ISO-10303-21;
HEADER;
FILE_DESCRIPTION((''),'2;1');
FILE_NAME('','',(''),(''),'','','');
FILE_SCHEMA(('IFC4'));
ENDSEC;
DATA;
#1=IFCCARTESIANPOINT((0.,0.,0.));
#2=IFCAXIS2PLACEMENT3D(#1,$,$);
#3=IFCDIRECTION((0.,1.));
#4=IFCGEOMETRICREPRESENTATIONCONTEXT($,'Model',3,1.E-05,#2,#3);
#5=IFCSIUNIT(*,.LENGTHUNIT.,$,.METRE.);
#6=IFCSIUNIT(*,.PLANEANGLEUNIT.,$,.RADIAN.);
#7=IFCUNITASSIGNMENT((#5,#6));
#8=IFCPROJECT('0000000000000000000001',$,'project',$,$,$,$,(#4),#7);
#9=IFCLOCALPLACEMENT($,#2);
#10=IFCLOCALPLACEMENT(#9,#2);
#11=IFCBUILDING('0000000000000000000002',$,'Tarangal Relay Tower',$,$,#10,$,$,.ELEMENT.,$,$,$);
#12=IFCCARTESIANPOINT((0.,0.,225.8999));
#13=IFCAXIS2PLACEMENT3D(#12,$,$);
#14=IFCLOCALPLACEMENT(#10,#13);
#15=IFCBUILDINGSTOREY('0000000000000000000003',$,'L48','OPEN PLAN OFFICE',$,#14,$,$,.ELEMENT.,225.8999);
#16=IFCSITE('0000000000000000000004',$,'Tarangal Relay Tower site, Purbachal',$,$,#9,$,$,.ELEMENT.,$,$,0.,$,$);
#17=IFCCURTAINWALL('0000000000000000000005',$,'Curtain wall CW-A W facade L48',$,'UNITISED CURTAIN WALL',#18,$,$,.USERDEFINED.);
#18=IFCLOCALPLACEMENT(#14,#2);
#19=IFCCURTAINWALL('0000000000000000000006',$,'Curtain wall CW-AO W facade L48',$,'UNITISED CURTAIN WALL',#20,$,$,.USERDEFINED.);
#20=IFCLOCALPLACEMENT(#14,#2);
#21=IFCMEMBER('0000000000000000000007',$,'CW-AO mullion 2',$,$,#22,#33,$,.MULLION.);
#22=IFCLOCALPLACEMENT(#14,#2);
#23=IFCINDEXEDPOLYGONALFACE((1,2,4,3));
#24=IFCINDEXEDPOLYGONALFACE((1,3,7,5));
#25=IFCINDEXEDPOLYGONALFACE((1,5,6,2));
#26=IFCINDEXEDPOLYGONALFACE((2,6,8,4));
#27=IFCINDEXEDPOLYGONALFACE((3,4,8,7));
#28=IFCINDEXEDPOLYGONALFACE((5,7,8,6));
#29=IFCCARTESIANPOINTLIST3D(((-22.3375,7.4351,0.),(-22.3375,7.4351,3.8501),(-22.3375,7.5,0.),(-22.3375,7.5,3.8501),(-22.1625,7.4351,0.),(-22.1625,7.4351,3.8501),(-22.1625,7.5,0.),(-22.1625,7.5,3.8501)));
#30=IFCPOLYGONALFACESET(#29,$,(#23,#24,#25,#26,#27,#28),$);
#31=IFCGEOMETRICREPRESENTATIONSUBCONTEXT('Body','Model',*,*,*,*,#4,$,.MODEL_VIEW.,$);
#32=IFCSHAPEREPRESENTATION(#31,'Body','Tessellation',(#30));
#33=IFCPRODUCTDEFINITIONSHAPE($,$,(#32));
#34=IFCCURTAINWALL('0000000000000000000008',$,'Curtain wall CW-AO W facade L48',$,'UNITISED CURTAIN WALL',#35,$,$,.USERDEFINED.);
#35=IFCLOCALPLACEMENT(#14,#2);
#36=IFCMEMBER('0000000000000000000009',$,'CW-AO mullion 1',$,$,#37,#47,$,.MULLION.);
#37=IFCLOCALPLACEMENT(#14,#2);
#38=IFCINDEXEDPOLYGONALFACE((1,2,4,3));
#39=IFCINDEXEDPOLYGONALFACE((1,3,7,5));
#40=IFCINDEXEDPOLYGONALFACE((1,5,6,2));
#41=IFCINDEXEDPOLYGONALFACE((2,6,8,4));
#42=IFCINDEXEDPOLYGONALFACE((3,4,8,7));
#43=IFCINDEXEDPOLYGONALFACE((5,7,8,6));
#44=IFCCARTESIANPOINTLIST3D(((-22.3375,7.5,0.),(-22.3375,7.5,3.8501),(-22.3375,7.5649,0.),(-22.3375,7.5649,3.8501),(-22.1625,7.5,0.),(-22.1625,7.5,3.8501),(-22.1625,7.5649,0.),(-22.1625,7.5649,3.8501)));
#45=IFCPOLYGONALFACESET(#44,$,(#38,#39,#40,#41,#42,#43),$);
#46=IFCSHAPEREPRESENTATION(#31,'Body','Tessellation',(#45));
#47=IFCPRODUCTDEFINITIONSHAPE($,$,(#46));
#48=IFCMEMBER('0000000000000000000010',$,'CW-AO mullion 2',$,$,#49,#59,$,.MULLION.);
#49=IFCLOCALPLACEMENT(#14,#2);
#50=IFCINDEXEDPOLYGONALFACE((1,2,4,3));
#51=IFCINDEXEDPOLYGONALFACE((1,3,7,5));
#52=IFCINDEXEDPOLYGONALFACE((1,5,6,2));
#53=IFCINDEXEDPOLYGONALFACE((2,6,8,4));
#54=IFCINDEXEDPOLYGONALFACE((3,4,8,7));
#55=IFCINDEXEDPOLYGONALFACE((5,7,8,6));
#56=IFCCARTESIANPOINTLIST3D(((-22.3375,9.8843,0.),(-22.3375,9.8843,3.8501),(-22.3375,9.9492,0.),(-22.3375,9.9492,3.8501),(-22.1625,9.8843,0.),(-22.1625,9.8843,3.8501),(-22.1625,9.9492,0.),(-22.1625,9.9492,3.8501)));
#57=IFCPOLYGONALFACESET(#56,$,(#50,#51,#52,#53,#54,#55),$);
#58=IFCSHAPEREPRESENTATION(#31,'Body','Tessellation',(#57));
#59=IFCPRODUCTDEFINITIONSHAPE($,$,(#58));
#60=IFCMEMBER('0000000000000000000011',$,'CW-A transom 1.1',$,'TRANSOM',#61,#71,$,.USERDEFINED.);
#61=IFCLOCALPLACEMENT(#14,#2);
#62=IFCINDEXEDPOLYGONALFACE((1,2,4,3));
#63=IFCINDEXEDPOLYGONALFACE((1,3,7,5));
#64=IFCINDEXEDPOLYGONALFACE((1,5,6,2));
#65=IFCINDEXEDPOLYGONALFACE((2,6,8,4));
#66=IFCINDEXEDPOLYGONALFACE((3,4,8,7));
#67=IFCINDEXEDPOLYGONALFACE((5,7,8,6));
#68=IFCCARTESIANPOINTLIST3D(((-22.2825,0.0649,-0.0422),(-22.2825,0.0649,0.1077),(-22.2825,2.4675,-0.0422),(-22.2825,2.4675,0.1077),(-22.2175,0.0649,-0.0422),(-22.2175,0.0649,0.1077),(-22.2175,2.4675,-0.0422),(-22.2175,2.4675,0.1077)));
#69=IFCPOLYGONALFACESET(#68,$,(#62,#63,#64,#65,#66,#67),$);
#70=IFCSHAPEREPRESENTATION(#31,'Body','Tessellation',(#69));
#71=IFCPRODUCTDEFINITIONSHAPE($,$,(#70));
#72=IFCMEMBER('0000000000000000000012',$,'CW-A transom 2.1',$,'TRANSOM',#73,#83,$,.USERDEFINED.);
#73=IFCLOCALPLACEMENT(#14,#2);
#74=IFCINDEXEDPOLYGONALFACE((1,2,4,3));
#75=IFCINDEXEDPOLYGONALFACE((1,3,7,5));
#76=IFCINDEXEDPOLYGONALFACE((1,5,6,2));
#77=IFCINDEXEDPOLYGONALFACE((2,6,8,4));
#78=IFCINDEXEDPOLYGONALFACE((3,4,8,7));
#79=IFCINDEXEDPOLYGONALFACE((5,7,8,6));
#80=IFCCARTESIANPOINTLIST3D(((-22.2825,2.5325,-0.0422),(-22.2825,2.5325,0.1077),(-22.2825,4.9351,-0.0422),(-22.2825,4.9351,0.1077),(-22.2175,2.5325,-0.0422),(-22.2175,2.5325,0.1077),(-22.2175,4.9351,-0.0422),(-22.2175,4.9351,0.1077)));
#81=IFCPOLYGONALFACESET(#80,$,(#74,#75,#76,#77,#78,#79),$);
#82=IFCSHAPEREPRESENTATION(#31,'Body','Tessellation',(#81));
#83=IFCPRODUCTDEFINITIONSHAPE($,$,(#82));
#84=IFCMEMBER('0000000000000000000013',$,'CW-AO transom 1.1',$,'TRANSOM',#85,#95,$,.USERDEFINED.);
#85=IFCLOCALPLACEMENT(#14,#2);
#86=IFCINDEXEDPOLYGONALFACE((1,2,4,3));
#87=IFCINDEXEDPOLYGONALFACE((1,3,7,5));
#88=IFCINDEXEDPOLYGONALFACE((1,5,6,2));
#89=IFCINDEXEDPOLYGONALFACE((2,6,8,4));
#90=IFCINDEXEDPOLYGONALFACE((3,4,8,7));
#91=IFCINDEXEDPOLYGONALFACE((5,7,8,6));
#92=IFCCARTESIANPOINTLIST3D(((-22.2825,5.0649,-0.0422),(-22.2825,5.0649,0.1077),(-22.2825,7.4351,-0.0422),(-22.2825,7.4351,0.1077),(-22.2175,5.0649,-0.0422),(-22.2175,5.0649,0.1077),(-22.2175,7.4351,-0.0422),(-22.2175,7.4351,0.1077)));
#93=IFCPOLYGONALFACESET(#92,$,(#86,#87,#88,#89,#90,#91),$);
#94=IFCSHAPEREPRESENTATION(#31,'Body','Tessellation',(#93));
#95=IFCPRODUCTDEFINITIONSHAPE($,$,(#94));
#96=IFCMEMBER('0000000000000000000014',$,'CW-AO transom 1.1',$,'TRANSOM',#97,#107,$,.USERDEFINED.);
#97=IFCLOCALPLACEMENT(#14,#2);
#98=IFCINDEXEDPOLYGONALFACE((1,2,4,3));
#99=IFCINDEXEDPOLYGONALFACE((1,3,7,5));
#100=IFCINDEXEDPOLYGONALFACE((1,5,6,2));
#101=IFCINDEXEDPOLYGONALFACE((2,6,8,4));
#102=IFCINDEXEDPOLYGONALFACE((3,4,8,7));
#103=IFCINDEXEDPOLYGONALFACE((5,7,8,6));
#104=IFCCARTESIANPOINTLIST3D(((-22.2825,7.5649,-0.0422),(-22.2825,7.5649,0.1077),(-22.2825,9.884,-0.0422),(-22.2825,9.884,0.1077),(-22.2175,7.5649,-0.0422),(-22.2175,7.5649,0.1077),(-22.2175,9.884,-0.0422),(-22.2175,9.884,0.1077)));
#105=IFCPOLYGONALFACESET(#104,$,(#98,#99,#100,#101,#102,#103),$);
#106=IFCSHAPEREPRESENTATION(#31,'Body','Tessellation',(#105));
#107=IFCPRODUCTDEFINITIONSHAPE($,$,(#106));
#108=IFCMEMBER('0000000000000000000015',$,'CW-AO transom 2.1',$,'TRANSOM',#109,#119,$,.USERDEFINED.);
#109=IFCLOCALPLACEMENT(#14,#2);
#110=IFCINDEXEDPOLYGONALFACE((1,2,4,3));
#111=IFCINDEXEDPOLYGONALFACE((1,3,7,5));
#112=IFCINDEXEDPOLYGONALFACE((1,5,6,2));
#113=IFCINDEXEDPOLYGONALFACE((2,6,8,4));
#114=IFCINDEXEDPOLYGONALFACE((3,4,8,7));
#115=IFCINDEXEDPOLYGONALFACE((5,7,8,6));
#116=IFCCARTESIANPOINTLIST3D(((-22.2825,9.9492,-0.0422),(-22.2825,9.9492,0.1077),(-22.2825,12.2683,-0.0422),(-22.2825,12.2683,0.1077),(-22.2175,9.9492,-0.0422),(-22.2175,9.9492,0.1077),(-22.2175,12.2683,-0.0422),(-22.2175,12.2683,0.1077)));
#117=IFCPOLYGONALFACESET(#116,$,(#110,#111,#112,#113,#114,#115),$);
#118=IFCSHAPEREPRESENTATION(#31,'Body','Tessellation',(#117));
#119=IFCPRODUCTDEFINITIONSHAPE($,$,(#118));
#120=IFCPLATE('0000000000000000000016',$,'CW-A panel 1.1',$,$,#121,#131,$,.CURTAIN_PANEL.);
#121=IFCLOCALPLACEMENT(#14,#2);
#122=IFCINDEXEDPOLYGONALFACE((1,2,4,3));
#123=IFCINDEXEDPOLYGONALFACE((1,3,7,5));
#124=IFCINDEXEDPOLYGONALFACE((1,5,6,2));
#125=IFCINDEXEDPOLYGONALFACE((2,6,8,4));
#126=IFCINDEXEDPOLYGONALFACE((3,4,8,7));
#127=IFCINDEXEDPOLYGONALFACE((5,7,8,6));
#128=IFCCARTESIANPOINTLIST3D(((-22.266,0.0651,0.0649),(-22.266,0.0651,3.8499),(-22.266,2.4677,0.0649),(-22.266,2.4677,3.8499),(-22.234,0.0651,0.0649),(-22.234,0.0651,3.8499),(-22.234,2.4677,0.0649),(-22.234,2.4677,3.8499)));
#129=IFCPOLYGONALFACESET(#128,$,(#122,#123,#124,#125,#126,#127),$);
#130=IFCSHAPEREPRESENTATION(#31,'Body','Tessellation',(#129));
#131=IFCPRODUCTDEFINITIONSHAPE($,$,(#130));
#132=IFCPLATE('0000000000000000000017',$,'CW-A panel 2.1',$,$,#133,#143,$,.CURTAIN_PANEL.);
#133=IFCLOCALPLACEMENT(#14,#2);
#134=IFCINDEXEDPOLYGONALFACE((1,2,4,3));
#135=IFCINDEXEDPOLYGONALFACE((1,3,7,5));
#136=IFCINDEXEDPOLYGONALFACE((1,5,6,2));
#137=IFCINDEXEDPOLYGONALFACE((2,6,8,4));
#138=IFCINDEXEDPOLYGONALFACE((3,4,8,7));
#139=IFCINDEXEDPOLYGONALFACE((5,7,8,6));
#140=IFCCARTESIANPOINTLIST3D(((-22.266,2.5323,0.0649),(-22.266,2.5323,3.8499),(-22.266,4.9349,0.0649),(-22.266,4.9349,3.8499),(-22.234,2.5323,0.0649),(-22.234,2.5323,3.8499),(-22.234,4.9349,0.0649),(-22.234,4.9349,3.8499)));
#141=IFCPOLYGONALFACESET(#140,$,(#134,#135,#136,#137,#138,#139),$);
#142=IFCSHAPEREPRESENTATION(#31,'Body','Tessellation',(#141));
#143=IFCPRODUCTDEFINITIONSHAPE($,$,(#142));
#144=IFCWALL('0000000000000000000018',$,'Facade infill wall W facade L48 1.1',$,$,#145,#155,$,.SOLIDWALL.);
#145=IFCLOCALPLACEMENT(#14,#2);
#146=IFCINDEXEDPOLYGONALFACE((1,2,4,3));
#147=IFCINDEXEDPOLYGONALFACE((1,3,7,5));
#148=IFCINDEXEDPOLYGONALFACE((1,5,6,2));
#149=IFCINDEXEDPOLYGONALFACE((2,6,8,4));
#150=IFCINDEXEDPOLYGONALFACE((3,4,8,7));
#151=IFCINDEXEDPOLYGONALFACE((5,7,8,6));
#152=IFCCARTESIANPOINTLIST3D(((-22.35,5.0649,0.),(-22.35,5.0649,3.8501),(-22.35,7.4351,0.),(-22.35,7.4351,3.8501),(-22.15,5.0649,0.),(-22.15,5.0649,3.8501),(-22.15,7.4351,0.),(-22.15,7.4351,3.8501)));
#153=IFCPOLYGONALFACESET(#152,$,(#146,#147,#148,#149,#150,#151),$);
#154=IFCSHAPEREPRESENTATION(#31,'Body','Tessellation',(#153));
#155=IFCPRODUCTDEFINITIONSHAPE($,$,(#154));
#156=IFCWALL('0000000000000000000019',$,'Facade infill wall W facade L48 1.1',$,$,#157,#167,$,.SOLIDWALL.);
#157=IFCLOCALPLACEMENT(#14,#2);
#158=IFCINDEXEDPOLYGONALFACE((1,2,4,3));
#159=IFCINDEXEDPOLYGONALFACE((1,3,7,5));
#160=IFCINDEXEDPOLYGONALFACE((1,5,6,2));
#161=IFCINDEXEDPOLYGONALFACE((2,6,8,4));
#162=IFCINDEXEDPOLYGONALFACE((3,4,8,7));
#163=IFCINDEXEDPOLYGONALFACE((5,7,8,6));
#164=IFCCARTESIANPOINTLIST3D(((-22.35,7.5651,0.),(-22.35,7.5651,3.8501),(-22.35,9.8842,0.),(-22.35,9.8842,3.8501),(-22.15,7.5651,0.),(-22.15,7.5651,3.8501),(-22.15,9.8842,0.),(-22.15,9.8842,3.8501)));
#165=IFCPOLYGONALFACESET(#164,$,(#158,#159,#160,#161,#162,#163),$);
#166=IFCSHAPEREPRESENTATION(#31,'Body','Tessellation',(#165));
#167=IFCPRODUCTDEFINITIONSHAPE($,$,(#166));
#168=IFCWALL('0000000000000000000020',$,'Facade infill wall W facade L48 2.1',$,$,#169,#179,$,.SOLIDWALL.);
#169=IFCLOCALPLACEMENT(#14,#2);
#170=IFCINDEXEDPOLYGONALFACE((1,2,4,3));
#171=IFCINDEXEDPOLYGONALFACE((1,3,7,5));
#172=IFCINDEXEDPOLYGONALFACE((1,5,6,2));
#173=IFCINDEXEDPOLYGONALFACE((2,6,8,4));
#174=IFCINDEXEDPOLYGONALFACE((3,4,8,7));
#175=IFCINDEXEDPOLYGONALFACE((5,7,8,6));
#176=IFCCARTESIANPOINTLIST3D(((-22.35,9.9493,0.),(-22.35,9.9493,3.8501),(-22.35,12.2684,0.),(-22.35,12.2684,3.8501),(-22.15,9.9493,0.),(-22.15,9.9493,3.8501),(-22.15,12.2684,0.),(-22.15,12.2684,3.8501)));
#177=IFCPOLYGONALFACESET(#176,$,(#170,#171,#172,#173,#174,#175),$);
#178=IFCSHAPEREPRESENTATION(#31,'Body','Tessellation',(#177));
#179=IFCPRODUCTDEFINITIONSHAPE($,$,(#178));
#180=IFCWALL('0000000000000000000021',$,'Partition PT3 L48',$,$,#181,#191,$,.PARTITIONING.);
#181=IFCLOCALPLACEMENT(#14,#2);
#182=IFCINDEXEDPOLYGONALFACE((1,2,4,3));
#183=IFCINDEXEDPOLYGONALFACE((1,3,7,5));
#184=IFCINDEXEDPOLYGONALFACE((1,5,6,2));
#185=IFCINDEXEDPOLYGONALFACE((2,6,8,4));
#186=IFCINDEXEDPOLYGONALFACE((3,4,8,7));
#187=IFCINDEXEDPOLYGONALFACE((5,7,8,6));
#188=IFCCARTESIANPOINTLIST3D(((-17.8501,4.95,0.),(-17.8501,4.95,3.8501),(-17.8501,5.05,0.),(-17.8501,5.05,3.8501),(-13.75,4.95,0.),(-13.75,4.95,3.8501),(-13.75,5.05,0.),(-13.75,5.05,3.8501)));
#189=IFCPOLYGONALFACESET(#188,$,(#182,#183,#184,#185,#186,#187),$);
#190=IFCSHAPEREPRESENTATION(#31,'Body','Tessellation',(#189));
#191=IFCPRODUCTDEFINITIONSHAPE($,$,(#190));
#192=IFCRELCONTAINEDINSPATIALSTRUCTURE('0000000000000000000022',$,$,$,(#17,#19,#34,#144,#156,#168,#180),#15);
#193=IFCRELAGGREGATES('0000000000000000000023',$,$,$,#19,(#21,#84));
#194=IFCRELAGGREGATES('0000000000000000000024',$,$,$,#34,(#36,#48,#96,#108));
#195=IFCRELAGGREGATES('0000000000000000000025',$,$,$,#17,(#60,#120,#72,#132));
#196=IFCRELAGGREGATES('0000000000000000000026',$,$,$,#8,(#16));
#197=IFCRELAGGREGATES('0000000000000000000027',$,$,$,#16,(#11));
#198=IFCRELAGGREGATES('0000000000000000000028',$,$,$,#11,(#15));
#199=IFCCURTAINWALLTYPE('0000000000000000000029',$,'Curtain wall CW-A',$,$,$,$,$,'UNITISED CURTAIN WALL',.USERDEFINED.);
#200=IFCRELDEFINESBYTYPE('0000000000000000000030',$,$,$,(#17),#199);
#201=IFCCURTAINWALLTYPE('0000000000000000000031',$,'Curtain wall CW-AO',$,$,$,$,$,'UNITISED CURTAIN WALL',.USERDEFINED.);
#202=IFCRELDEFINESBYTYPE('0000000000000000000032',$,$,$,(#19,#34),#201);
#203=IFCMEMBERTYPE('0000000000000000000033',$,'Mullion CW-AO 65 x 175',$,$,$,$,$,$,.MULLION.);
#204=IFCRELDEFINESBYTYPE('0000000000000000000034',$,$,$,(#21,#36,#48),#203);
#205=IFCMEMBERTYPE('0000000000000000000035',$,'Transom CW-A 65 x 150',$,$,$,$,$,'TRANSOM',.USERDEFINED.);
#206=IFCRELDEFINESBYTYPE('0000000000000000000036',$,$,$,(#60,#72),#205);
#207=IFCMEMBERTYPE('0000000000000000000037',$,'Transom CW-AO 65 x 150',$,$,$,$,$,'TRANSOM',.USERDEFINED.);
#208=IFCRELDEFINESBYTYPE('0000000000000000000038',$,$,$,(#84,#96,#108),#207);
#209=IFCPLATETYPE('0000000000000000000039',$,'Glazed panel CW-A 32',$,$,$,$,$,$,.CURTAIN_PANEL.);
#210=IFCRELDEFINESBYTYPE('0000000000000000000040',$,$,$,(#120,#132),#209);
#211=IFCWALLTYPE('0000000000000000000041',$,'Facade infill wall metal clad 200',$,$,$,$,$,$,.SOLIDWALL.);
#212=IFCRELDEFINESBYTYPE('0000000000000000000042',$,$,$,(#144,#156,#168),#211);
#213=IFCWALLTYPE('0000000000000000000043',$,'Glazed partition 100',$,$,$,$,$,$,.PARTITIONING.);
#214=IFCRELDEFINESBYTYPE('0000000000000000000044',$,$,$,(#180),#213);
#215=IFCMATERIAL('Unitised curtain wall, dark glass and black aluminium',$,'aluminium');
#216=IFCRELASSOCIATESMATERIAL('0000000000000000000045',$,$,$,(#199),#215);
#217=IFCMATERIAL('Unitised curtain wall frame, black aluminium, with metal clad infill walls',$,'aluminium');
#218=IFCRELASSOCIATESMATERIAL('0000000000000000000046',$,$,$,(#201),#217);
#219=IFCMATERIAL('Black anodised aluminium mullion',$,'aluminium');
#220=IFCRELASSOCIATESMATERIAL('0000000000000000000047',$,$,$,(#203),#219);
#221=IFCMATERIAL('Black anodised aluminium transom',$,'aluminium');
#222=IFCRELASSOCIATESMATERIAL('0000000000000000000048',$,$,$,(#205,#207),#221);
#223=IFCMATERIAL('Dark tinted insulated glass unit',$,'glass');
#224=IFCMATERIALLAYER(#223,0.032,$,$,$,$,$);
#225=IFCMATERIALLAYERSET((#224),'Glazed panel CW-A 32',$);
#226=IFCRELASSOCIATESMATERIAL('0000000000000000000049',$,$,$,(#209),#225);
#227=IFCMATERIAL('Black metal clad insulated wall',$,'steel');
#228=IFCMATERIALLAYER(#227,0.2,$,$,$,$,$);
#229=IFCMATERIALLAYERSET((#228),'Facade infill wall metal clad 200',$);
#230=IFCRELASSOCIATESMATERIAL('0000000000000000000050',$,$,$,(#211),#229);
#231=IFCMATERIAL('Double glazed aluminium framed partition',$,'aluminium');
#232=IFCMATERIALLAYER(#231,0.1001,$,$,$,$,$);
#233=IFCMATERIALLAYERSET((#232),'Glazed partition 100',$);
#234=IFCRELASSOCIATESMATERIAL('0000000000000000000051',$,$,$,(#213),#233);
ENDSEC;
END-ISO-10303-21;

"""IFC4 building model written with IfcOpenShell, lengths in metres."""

from ifc_helpers import new_model, si_unit, direction, frame, frame_2d, origin, origin_2d, place, context, subcontext, project, spatial, rectangle, extrude, material, layer, layer_set, material_profile, profile_set, type_object, element, aggregate, save


model = new_model("IFC4")

# Units and contexts
model_context = context("Model", 3, precision=1e-05, world=origin(), true_north=direction((0.0, 1.0)))
body_context = subcontext(model_context, "Body", "Model", "MODEL_VIEW")
ifc_project = project(units=[si_unit("LENGTHUNIT", "METRE"), si_unit("PLANEANGLEUNIT", "RADIAN")], contexts=[model_context])

# Site, building, storey
site_placement = place(None, origin())
site = spatial("IfcSite", under=ifc_project, at=site_placement, Name="Tarangal Relay Tower site, Purbachal", CompositionType="ELEMENT", RefElevation=0.0)
building_placement = place(site_placement, origin())
building = spatial("IfcBuilding", under=site, at=building_placement, Name="Tarangal Relay Tower", CompositionType="ELEMENT")
storey_placement = place(building_placement, frame((0.0, 0.0, 225.8999)))
storey = spatial("IfcBuildingStorey", under=building, at=storey_placement, Name="L48", Description="OPEN PLAN OFFICE", CompositionType="ELEMENT", Elevation=225.8999)

# Curtain walls, members
ifc_material_1 = material(Name="Unitised curtain wall, dark glass and black aluminium", Category="aluminium")
curtain_wall_type_1 = type_object("IfcCurtainWallType", Name="Curtain wall CW-A", ElementType="UNITISED CURTAIN WALL", PredefinedType="USERDEFINED", material=ifc_material_1)
curtain_wall_1_placement = place(storey_placement, origin())
curtain_wall_1 = element("IfcCurtainWall", 1, at=curtain_wall_1_placement, inside=storey, type_object=curtain_wall_type_1, Name="Curtain wall CW-A W facade L48", ObjectType="UNITISED CURTAIN WALL", PredefinedType="USERDEFINED")
ifc_material_2 = material(Name="Black anodised aluminium mullion", Category="aluminium")
ifc_material_3 = material(Name="Unitised curtain wall frame, black aluminium, with metal clad infill walls", Category="aluminium")
curtain_wall_type_2 = type_object("IfcCurtainWallType", Name="Curtain wall CW-AO", ElementType="UNITISED CURTAIN WALL", PredefinedType="USERDEFINED", material=ifc_material_3)
curtain_wall_2_placement = place(storey_placement, origin())
curtain_wall_2 = element("IfcCurtainWall", 2, at=curtain_wall_2_placement, inside=storey, type_object=curtain_wall_type_2, Name="Curtain wall CW-AO W facade L48", ObjectType="UNITISED CURTAIN WALL", PredefinedType="USERDEFINED")
ifc_material_profile_1 = material_profile(ifc_material_2, rectangle(XDim=0.175, YDim=0.0649, at=origin_2d()), Name="CW-AOM 65X175")
ifc_profile_set_1 = profile_set([ifc_material_profile_1], Name="Black anodised aluminium mullion")
member_type_1 = type_object("IfcMemberType", Name="Mullion CW-AO 65 x 175", PredefinedType="MULLION", material=ifc_profile_set_1)
member_1_placement = place(storey_placement, frame((-22.25, 7.4675, 0.0), z_axis=(0.0, 0.0, 1.0), x_axis=(-1.0, 0.0, 0.0)))
member_1 = element("IfcMember", 3, at=member_1_placement, type_object=member_type_1, Name="CW-AO mullion 2", PredefinedType="MULLION", context=body_context, shape_type="SweptSolid", body=[
    extrude(rectangle(XDim=0.175, YDim=0.0649, at=origin_2d()), origin(), (0.0, 0.0, 1.0), 3.8501),
])
curtain_wall_3_placement = place(storey_placement, origin())
curtain_wall_3 = element("IfcCurtainWall", 4, at=curtain_wall_3_placement, inside=storey, type_object=curtain_wall_type_2, Name="Curtain wall CW-AO W facade L48", ObjectType="UNITISED CURTAIN WALL", PredefinedType="USERDEFINED")
member_2_placement = place(storey_placement, frame((-22.25, 7.5325, 0.0), z_axis=(0.0, 0.0, 1.0), x_axis=(-1.0, 0.0, 0.0)))
member_2 = element("IfcMember", 5, at=member_2_placement, type_object=member_type_1, Name="CW-AO mullion 1", PredefinedType="MULLION", context=body_context, shape_type="SweptSolid", body=[
    extrude(rectangle(XDim=0.175, YDim=0.0649, at=origin_2d()), origin(), (0.0, 0.0, 1.0), 3.8501),
])
member_3_placement = place(storey_placement, frame((-22.25, 9.9167, 0.0), z_axis=(0.0, 0.0, 1.0), x_axis=(-1.0, 0.0, 0.0)))
member_3 = element("IfcMember", 6, at=member_3_placement, type_object=member_type_1, Name="CW-AO mullion 2", PredefinedType="MULLION", context=body_context, shape_type="SweptSolid", body=[
    extrude(rectangle(XDim=0.175, YDim=0.0649, at=origin_2d()), origin(), (0.0, 0.0, 1.0), 3.8501),
])

# Members
ifc_material_4 = material(Name="Black anodised aluminium transom", Category="aluminium")
ifc_material_profile_2 = material_profile(ifc_material_4, rectangle(XDim=0.0649, YDim=0.1499, at=origin_2d()), Name="CW-AT 65X150")
ifc_profile_set_2 = profile_set([ifc_material_profile_2], Name="Black anodised aluminium transom")
member_type_2 = type_object("IfcMemberType", Name="Transom CW-A 65 x 150", ElementType="TRANSOM", PredefinedType="USERDEFINED", material=ifc_profile_set_2)
member_4_placement = place(storey_placement, frame((-22.25, 0.0649, 0.0327), z_axis=(0.0, 1.0, 0.0), x_axis=(-1.0, 0.0, 0.0)))
member_4 = element("IfcMember", 7, at=member_4_placement, type_object=member_type_2, Name="CW-A transom 1.1", ObjectType="TRANSOM", PredefinedType="USERDEFINED", context=body_context, shape_type="SweptSolid", body=[
    extrude(rectangle(XDim=0.0649, YDim=0.1499, at=origin_2d()), origin(), (0.0, 0.0, 1.0), 2.4026),
])
member_5_placement = place(storey_placement, frame((-22.25, 2.5325, 0.0327), z_axis=(0.0, 1.0, 0.0), x_axis=(-1.0, 0.0, 0.0)))
member_5 = element("IfcMember", 8, at=member_5_placement, type_object=member_type_2, Name="CW-A transom 2.1", ObjectType="TRANSOM", PredefinedType="USERDEFINED", context=body_context, shape_type="SweptSolid", body=[
    extrude(rectangle(XDim=0.0649, YDim=0.1499, at=origin_2d()), origin(), (0.0, 0.0, 1.0), 2.4026),
])
ifc_material_profile_3 = material_profile(ifc_material_4, rectangle(XDim=0.0649, YDim=0.1499, at=origin_2d()), Name="CW-AOT 65X150")
ifc_profile_set_3 = profile_set([ifc_material_profile_3], Name="Black anodised aluminium transom")
member_type_3 = type_object("IfcMemberType", Name="Transom CW-AO 65 x 150", ElementType="TRANSOM", PredefinedType="USERDEFINED", material=ifc_profile_set_3)
member_6_placement = place(storey_placement, frame((-22.25, 5.0649, 0.0327), z_axis=(0.0, 1.0, 0.0), x_axis=(-1.0, 0.0, 0.0)))
member_6 = element("IfcMember", 9, at=member_6_placement, type_object=member_type_3, Name="CW-AO transom 1.1", ObjectType="TRANSOM", PredefinedType="USERDEFINED", context=body_context, shape_type="SweptSolid", body=[
    extrude(rectangle(XDim=0.0649, YDim=0.1499, at=origin_2d()), origin(), (0.0, 0.0, 1.0), 2.3701),
])
aggregate(curtain_wall_2, [member_1, member_6])
member_7_placement = place(storey_placement, frame((-22.25, 7.5649, 0.0327), z_axis=(0.0, 1.0, 0.0), x_axis=(-1.0, 0.0, 0.0)))
member_7 = element("IfcMember", 10, at=member_7_placement, type_object=member_type_3, Name="CW-AO transom 1.1", ObjectType="TRANSOM", PredefinedType="USERDEFINED", context=body_context, shape_type="SweptSolid", body=[
    extrude(rectangle(XDim=0.0649, YDim=0.1499, at=origin_2d()), origin(), (0.0, 0.0, 1.0), 2.3191),
])
member_8_placement = place(storey_placement, frame((-22.25, 9.9492, 0.0327), z_axis=(0.0, 1.0, 0.0), x_axis=(-1.0, 0.0, 0.0)))
member_8 = element("IfcMember", 11, at=member_8_placement, type_object=member_type_3, Name="CW-AO transom 2.1", ObjectType="TRANSOM", PredefinedType="USERDEFINED", context=body_context, shape_type="SweptSolid", body=[
    extrude(rectangle(XDim=0.0649, YDim=0.1499, at=origin_2d()), origin(), (0.0, 0.0, 1.0), 2.3191),
])
aggregate(curtain_wall_3, [member_2, member_3, member_7, member_8])

# Plates
ifc_material_5 = material(Name="Dark tinted insulated glass unit", Category="glass")
ifc_layer_1 = layer(ifc_material_5, 0.032)
ifc_layer_set_1 = layer_set([ifc_layer_1], Name="Glazed panel CW-A 32")
plate_type = type_object("IfcPlateType", Name="Glazed panel CW-A 32", PredefinedType="CURTAIN_PANEL", material=ifc_layer_set_1)
plate_1_placement = place(storey_placement, frame((-22.25, 1.2664, 0.0649), z_axis=(0.0, 0.0, 1.0), x_axis=(0.0, 1.0, 0.0)))
plate_1 = element("IfcPlate", 12, at=plate_1_placement, type_object=plate_type, Name="CW-A panel 1.1", PredefinedType="CURTAIN_PANEL", context=body_context, shape_type="SweptSolid", body=[
    extrude(rectangle(XDim=2.4026, YDim=0.032, at=origin_2d()), origin(), (0.0, 0.0, 1.0), 3.7849),
])
plate_2_placement = place(storey_placement, frame((-22.25, 3.7336, 0.0649), z_axis=(0.0, 0.0, 1.0), x_axis=(0.0, 1.0, 0.0)))
plate_2 = element("IfcPlate", 13, at=plate_2_placement, type_object=plate_type, Name="CW-A panel 2.1", PredefinedType="CURTAIN_PANEL", context=body_context, shape_type="SweptSolid", body=[
    extrude(rectangle(XDim=2.4026, YDim=0.032, at=origin_2d()), origin(), (0.0, 0.0, 1.0), 3.7849),
])
aggregate(curtain_wall_1, [member_4, plate_1, member_5, plate_2])

# Walls
ifc_material_6 = material(Name="Black metal clad insulated wall", Category="steel")
ifc_layer_2 = layer(ifc_material_6, 0.2)
ifc_layer_set_2 = layer_set([ifc_layer_2], Name="Facade infill wall metal clad 200")
wall_type_1 = type_object("IfcWallType", Name="Facade infill wall metal clad 200", PredefinedType="SOLIDWALL", material=ifc_layer_set_2)
wall_1_placement = place(storey_placement, frame((-22.25, 5.0649, 0.0), z_axis=(0.0, 0.0, 1.0), x_axis=(0.0, 1.0, 0.0)))
element("IfcWall", 14, at=wall_1_placement, inside=storey, type_object=wall_type_1, Name="Facade infill wall W facade L48 1.1", PredefinedType="SOLIDWALL", context=body_context, shape_type="SweptSolid", body=[
    extrude(rectangle(XDim=2.3701, YDim=0.2, at=frame_2d((1.1851, 0.0))), origin(), (0.0, 0.0, 1.0), 3.8501),
])
for number, where, z_axis, x_axis, name in (
    (15, (-22.25, 7.5649, 0.0), (0.0, 0.0, 1.0), (0.0, 1.0, 0.0), "Facade infill wall W facade L48 1.1"),
    (16, (-22.25, 9.9492, 0.0), (0.0, 0.0, 1.0), (0.0, 1.0, 0.0), "Facade infill wall W facade L48 2.1"),
):
    element("IfcWall", number, at=place(storey_placement, frame(where, z_axis=z_axis, x_axis=x_axis)), inside=storey, type_object=wall_type_1, Name=name, PredefinedType="SOLIDWALL", context=body_context, shape_type="SweptSolid", body=[
        extrude(rectangle(XDim=2.3191, YDim=0.2, at=frame_2d((1.1597, 0.0))), origin(), (0.0, 0.0, 1.0), 3.8501),
    ])
ifc_material_7 = material(Name="Double glazed aluminium framed partition", Category="aluminium")
ifc_layer_3 = layer(ifc_material_7, 0.1001)
ifc_layer_set_3 = layer_set([ifc_layer_3], Name="Glazed partition 100")
wall_type_2 = type_object("IfcWallType", Name="Glazed partition 100", PredefinedType="PARTITIONING", material=ifc_layer_set_3)
wall_2_placement = place(storey_placement, frame((-17.8501, 5.0, 0.0), z_axis=(0.0, 0.0, 1.0), x_axis=(1.0, 0.0, 0.0)))
element("IfcWall", 17, at=wall_2_placement, inside=storey, type_object=wall_type_2, Name="Partition PT3 L48", PredefinedType="PARTITIONING", context=body_context, shape_type="SweptSolid", body=[
    extrude(rectangle(XDim=4.1001, YDim=0.1001, at=frame_2d((2.05, 0.0))), origin(), (0.0, 0.0, 1.0), 3.8501),
])

save(model, "model.ifc")
